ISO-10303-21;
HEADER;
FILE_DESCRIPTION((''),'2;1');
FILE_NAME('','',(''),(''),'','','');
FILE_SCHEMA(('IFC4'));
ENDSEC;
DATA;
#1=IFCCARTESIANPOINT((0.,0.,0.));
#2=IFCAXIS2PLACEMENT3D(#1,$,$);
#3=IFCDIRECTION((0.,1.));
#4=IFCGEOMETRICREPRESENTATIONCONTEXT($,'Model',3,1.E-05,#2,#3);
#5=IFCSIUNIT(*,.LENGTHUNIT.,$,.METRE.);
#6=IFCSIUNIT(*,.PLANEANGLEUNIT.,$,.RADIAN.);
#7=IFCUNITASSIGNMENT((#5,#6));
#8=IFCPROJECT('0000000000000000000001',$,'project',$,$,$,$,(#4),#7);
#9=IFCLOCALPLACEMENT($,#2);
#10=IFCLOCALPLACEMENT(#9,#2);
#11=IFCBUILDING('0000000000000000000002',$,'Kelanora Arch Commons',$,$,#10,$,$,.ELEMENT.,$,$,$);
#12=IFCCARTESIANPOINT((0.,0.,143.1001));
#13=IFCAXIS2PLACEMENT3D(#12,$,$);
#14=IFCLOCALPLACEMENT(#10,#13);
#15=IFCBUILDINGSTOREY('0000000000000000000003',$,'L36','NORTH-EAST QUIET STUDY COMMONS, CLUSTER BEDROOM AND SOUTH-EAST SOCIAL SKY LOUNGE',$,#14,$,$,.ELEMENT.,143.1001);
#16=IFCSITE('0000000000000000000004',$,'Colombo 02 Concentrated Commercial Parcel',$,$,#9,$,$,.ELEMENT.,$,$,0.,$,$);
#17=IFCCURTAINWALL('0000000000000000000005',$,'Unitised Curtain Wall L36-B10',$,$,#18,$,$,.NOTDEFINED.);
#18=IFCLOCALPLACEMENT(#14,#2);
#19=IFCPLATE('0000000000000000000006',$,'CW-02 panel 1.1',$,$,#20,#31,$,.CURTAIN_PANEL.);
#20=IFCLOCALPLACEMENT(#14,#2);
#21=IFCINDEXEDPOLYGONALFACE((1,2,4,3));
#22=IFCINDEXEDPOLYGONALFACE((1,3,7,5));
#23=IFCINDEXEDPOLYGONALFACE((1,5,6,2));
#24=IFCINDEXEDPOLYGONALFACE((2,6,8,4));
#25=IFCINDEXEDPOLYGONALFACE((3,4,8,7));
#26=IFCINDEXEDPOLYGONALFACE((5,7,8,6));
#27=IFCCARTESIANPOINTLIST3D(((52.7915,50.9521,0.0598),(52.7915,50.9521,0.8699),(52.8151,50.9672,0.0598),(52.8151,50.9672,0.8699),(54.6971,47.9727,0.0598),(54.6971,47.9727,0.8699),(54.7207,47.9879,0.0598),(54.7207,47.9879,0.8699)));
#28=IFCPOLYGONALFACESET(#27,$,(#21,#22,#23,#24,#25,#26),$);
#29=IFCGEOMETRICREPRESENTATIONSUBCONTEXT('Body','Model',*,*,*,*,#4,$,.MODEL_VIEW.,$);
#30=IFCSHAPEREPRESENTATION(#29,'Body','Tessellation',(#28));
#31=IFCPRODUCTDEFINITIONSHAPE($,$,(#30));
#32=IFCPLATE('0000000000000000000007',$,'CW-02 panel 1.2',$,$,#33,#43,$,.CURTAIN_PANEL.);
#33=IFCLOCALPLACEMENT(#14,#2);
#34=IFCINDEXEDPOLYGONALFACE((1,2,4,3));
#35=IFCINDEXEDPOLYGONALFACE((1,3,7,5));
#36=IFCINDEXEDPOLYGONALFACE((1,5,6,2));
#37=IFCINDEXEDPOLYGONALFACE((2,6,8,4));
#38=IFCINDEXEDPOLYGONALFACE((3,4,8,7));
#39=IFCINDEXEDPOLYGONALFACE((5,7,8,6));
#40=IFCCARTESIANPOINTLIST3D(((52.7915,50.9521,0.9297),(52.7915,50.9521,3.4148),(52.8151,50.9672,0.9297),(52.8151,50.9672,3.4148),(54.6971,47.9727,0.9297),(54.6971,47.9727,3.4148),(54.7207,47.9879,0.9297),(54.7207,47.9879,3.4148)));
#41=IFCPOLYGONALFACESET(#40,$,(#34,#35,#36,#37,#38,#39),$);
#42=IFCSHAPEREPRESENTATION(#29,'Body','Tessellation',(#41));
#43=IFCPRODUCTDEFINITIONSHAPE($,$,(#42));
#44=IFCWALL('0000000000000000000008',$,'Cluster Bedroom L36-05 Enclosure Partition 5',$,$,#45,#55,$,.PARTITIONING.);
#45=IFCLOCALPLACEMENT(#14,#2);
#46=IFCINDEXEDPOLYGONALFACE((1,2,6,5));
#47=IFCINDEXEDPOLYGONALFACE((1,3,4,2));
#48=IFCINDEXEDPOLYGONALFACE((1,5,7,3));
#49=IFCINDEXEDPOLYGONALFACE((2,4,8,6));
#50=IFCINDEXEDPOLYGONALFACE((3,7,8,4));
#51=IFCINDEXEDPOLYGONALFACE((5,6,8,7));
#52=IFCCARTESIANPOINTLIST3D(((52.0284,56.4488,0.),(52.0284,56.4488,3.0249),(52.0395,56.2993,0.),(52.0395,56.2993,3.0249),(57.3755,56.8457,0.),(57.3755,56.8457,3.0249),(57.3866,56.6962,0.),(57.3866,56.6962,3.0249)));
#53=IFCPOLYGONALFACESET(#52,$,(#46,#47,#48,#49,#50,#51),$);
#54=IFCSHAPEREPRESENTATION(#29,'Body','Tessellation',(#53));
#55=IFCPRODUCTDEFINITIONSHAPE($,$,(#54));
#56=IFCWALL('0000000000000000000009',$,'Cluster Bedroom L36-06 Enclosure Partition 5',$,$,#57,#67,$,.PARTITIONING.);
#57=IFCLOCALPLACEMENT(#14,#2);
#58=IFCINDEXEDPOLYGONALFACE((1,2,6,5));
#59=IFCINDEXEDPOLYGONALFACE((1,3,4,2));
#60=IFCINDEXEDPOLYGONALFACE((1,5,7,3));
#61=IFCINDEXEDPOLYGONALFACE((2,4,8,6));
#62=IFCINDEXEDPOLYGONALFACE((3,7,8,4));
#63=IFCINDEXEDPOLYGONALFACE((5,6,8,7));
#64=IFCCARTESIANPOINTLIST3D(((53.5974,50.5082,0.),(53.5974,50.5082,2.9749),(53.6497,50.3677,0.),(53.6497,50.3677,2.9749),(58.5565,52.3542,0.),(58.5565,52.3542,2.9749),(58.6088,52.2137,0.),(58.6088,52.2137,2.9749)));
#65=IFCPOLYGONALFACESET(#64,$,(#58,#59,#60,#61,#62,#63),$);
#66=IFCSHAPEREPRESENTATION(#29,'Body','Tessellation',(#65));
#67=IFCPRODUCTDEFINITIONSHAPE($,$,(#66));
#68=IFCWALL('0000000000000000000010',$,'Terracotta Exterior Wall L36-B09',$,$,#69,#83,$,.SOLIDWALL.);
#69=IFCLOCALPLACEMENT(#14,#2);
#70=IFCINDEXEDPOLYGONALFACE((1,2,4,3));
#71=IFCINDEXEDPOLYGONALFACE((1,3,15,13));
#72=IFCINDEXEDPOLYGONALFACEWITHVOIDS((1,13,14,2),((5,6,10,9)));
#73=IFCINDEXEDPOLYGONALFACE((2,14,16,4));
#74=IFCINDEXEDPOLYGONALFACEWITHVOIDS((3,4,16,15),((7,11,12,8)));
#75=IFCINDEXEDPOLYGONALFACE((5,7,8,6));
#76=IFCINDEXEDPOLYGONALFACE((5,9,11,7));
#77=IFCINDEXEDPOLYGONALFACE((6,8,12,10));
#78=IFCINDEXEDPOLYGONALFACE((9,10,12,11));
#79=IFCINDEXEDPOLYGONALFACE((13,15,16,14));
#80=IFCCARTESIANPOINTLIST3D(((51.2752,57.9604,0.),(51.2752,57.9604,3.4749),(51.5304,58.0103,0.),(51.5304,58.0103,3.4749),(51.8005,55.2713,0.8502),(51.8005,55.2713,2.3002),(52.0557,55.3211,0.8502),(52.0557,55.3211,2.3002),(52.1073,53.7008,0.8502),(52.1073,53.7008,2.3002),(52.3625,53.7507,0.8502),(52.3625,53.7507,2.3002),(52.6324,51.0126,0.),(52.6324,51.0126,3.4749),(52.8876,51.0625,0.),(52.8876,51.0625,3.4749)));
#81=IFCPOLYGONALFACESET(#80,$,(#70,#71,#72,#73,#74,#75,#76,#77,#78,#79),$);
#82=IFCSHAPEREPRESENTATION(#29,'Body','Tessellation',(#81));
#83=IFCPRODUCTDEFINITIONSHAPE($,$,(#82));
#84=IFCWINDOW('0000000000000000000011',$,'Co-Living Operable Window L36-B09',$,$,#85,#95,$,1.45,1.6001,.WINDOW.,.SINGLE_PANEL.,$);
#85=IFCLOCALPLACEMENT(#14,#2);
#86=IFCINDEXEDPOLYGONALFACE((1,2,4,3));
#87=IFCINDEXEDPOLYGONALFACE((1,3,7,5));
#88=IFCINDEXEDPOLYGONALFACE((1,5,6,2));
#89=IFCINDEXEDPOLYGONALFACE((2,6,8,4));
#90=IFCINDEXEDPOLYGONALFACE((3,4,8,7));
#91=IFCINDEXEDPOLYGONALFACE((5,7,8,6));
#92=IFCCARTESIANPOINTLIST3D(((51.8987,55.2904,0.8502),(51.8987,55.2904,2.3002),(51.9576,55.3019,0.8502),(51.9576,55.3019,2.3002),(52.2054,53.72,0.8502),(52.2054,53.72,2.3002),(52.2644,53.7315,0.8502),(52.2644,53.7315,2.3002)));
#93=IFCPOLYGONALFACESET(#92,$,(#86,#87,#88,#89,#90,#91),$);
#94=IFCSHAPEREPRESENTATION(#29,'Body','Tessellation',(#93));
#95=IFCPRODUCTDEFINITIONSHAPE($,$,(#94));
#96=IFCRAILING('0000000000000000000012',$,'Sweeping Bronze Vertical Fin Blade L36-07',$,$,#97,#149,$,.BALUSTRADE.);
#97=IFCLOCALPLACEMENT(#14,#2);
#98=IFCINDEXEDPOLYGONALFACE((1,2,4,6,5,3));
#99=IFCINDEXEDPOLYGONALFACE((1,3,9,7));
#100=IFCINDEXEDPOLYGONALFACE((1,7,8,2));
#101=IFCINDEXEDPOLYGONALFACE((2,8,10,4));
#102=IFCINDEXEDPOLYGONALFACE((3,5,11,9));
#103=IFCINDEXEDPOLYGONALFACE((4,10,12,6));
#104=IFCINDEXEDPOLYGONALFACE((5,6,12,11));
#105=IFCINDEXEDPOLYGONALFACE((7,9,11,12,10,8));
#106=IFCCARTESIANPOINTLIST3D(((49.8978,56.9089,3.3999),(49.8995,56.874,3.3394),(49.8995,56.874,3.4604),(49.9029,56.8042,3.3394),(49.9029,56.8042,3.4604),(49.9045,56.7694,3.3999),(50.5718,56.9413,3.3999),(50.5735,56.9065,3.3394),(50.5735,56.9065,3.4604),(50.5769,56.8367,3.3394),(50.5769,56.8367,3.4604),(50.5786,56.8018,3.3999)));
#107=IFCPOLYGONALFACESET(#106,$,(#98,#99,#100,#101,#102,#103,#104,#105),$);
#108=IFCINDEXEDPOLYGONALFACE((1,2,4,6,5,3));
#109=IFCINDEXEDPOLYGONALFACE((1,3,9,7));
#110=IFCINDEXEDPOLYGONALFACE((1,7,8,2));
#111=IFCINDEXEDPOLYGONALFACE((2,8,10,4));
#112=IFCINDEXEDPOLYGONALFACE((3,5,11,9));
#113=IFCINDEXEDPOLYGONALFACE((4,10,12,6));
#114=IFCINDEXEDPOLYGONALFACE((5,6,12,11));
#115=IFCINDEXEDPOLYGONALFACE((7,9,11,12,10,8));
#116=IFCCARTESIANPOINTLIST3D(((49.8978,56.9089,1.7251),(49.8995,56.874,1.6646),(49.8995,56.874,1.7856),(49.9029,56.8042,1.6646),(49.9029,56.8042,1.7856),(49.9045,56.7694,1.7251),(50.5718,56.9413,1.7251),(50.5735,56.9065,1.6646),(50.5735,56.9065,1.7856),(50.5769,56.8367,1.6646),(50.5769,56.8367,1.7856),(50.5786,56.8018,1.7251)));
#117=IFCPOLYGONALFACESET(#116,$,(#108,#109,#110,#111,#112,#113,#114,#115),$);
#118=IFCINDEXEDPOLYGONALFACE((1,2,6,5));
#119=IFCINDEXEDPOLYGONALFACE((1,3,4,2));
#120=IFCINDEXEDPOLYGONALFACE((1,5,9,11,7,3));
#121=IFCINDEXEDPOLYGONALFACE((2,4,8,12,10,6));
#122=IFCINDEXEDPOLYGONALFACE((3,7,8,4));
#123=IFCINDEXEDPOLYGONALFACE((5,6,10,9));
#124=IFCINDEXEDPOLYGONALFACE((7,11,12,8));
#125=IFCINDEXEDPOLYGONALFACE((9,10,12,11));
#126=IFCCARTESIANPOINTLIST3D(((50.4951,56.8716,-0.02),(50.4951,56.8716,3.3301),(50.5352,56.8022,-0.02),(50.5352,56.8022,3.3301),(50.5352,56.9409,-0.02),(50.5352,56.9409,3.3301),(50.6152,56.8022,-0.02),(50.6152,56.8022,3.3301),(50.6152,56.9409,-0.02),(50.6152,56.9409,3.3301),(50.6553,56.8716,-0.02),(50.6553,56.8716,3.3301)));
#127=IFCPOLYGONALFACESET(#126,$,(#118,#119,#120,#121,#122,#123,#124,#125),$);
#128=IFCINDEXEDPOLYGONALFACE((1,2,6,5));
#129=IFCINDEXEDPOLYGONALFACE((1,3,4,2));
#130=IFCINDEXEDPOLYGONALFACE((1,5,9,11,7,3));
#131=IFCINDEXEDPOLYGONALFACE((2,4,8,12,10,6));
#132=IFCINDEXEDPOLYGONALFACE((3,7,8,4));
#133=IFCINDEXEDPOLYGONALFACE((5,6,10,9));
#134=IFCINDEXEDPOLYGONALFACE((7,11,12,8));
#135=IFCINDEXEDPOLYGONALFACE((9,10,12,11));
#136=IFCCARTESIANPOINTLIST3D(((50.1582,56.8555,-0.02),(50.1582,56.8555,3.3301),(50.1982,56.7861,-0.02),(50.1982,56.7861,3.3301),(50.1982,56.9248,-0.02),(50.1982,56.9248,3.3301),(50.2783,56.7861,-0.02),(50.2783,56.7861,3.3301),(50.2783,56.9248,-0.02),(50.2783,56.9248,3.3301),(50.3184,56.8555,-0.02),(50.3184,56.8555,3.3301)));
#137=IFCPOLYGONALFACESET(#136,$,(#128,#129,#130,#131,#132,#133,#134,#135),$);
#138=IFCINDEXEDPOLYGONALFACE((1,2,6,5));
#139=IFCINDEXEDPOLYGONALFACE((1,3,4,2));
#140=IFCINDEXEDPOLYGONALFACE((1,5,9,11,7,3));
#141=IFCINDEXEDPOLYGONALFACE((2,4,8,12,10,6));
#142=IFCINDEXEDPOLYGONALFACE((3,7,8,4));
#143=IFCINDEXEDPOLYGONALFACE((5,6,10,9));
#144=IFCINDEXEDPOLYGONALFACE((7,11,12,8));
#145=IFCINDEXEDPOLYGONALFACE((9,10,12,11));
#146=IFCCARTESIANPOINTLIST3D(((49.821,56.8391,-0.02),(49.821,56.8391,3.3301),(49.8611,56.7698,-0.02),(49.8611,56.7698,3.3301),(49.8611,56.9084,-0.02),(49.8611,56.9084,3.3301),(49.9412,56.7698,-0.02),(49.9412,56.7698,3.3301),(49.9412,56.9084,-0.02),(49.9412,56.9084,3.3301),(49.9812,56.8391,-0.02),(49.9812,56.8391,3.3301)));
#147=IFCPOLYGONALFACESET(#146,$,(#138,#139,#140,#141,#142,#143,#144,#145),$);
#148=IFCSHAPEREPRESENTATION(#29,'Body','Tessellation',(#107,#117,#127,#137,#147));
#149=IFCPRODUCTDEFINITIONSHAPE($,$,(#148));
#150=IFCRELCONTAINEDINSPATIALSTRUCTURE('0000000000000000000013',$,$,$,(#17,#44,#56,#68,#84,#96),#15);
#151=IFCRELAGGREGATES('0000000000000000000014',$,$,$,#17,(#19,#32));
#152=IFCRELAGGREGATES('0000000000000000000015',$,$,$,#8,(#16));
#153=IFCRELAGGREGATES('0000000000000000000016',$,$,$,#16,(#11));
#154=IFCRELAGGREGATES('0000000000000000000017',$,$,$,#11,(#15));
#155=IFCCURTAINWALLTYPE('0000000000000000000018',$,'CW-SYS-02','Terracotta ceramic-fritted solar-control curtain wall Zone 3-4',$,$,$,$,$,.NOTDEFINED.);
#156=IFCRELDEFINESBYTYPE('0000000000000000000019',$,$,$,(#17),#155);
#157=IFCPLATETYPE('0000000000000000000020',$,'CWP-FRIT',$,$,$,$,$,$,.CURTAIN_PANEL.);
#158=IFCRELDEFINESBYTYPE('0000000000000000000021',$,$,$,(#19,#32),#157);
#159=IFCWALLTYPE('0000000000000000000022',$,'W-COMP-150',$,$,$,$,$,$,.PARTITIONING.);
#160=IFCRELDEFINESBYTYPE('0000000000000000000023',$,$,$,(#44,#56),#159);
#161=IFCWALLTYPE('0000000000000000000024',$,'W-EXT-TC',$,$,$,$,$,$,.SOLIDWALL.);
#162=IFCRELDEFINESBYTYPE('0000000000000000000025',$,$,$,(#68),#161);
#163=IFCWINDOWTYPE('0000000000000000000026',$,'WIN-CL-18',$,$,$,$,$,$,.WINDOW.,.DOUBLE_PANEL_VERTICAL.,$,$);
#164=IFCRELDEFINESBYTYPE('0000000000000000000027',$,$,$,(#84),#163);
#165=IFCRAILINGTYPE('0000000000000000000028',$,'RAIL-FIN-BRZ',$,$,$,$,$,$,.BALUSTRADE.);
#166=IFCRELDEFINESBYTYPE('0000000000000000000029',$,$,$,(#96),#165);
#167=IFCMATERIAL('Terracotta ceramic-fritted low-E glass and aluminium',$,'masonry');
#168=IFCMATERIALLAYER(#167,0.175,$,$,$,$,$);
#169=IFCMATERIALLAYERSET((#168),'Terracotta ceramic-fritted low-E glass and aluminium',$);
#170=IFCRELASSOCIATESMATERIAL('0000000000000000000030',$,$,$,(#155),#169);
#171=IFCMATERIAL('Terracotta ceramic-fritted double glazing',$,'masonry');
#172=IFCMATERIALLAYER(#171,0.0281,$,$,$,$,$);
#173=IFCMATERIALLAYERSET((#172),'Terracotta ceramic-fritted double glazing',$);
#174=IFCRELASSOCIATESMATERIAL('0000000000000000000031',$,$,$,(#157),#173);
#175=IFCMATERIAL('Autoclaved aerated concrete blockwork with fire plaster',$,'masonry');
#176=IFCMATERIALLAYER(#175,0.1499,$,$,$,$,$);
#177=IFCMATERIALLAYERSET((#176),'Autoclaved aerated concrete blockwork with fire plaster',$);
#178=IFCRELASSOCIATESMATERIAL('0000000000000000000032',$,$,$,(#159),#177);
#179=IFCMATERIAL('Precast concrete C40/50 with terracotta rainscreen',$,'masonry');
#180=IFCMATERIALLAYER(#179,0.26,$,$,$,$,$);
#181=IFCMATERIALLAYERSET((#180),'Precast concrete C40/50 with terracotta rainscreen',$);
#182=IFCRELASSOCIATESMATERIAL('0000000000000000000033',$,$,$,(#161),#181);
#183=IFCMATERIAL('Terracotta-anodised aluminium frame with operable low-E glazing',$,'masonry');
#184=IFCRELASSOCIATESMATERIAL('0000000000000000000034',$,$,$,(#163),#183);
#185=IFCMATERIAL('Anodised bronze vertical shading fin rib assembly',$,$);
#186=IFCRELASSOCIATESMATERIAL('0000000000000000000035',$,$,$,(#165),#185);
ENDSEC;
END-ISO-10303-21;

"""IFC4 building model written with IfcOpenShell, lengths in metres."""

from ifc_helpers import new_model, si_unit, direction, frame, frame_2d, origin, origin_2d, place, context, subcontext, project, spatial, polyline, rectangle, outline, extrude, source, transform, mapped, material, layer, layer_set, type_object, element, fill, aggregate, save


model = new_model("IFC4")

# Units and contexts
model_context = context("Model", 3, precision=1e-05, world=origin(), true_north=direction((0.0, 1.0)))
body_context = subcontext(model_context, "Body", "Model", "MODEL_VIEW")
ifc_project = project(units=[si_unit("LENGTHUNIT", "METRE"), si_unit("PLANEANGLEUNIT", "RADIAN")], contexts=[model_context])

# Site, building, storey
site_placement = place(None, origin())
site = spatial("IfcSite", under=ifc_project, at=site_placement, Name="Colombo 02 Concentrated Commercial Parcel", CompositionType="ELEMENT", RefElevation=0.0)
building_placement = place(site_placement, origin())
building = spatial("IfcBuilding", under=site, at=building_placement, Name="Kelanora Arch Commons", CompositionType="ELEMENT")
storey_placement = place(building_placement, frame((0.0, 0.0, 143.1001)))
storey = spatial("IfcBuildingStorey", under=building, at=storey_placement, Name="L36", Description="NORTH-EAST QUIET STUDY COMMONS, CLUSTER BEDROOM AND SOUTH-EAST SOCIAL SKY LOUNGE", CompositionType="ELEMENT", Elevation=143.1001)

# Curtain wall
ifc_material_1 = material(Name="Terracotta ceramic-fritted low-E glass and aluminium", Category="masonry")
ifc_layer_1 = layer(ifc_material_1, 0.175)
ifc_layer_set_1 = layer_set([ifc_layer_1], Name="Terracotta ceramic-fritted low-E glass and aluminium")
curtain_wall_type = type_object("IfcCurtainWallType", Name="CW-SYS-02", Description="Terracotta ceramic-fritted solar-control curtain wall Zone 3-4", PredefinedType="NOTDEFINED", material=ifc_layer_set_1)
curtain_wall_placement = place(storey_placement, origin())
curtain_wall = element("IfcCurtainWall", 1, at=curtain_wall_placement, inside=storey, type_object=curtain_wall_type, Name="Unitised Curtain Wall L36-B10", PredefinedType="NOTDEFINED")

# Plates
ifc_material_2 = material(Name="Terracotta ceramic-fritted double glazing", Category="masonry")
ifc_layer_2 = layer(ifc_material_2, 0.0281)
ifc_layer_set_2 = layer_set([ifc_layer_2], Name="Terracotta ceramic-fritted double glazing")
plate_type = type_object("IfcPlateType", Name="CWP-FRIT", PredefinedType="CURTAIN_PANEL", material=ifc_layer_set_2)
shared_shape_1 = source(origin(), body_context, "Body", "SweptSolid", [
    extrude(rectangle(XDim=3.5366, YDim=0.0281, at=origin_2d()), origin(), (0.0, 0.0, 1.0), 0.8101),
])
plate_1_placement = place(storey_placement, frame((53.7561, 49.47, 0.0598), z_axis=(0.0, 0.0, 1.0), x_axis=(0.538817, -0.842423, 0.0)))
plate_1 = element("IfcPlate", 2, at=plate_1_placement, type_object=plate_type, Name="CW-02 panel 1.1", PredefinedType="CURTAIN_PANEL", context=body_context, shape_type="MappedRepresentation", body=[
    mapped(shared_shape_1, transform((0.0, 0.0, 0.0), scale=1.0)),
])
shared_shape_2 = source(origin(), body_context, "Body", "SweptSolid", [
    extrude(rectangle(XDim=3.5366, YDim=0.0281, at=origin_2d()), origin(), (0.0, 0.0, 1.0), 2.4851),
])
plate_2_placement = place(storey_placement, frame((53.7561, 49.47, 0.9297), z_axis=(0.0, 0.0, 1.0), x_axis=(0.538817, -0.842423, 0.0)))
plate_2 = element("IfcPlate", 3, at=plate_2_placement, type_object=plate_type, Name="CW-02 panel 1.2", PredefinedType="CURTAIN_PANEL", context=body_context, shape_type="MappedRepresentation", body=[
    mapped(shared_shape_2, transform((0.0, 0.0, 0.0), scale=1.0)),
])
aggregate(curtain_wall, [plate_1, plate_2])

# Walls
ifc_material_3 = material(Name="Autoclaved aerated concrete blockwork with fire plaster", Category="masonry")
ifc_layer_3 = layer(ifc_material_3, 0.1499)
ifc_layer_set_3 = layer_set([ifc_layer_3], Name="Autoclaved aerated concrete blockwork with fire plaster")
wall_type_1 = type_object("IfcWallType", Name="W-COMP-150", PredefinedType="PARTITIONING", material=ifc_layer_set_3)
wall_1_placement = place(storey_placement, frame((52.0339, 56.374, 0.0), z_axis=(0.0, 0.0, 1.0), x_axis=(0.997256, 0.074036, 0.0)))
element("IfcWall", 4, at=wall_1_placement, inside=storey, type_object=wall_type_1, Name="Cluster Bedroom L36-05 Enclosure Partition 5", PredefinedType="PARTITIONING", context=body_context, shape_type="SweptSolid", body=[
    extrude(rectangle(XDim=5.3618, YDim=0.1499, at=frame_2d((2.6809, 0.0))), origin(), (0.0, 0.0, 1.0), 3.0249),
])
wall_2_placement = place(storey_placement, frame((53.6235, 50.438, 0.0), z_axis=(0.0, 0.0, 1.0), x_axis=(0.937176, 0.348857, 0.0)))
element("IfcWall", 5, at=wall_2_placement, inside=storey, type_object=wall_type_1, Name="Cluster Bedroom L36-06 Enclosure Partition 5", PredefinedType="PARTITIONING", context=body_context, shape_type="SweptSolid", body=[
    extrude(rectangle(XDim=5.2915, YDim=0.1499, at=frame_2d((2.6458, 0.0))), origin(), (0.0, 0.0, 1.0), 2.9749),
])

# Wall, opening, window
ifc_material_4 = material(Name="Precast concrete C40/50 with terracotta rainscreen", Category="masonry")
ifc_layer_4 = layer(ifc_material_4, 0.26)
ifc_layer_set_4 = layer_set([ifc_layer_4], Name="Precast concrete C40/50 with terracotta rainscreen")
wall_type_2 = type_object("IfcWallType", Name="W-EXT-TC", PredefinedType="SOLIDWALL", material=ifc_layer_set_4)
wall_3_placement = place(storey_placement, frame((51.4028, 57.9854, 0.0), z_axis=(0.0, 0.0, 1.0), x_axis=(0.191717, -0.98145, 0.0)))
wall_3 = element("IfcWall", 6, at=wall_3_placement, inside=storey, type_object=wall_type_2, Name="Terracotta Exterior Wall L36-B09", PredefinedType="SOLIDWALL", context=body_context, shape_type="SweptSolid", body=[
    extrude(rectangle(XDim=7.0791, YDim=0.26, at=frame_2d((3.5396, 0.0))), origin(), (0.0, 0.0, 1.0), 3.4749),
])
opening_placement = place(wall_3_placement, frame((2.74, 0.0, 0.8501)))
opening = element("IfcOpeningElement", 7, at=opening_placement, cuts=wall_3, PredefinedType="OPENING", context=body_context, shape_type="SweptSolid", body=[
    extrude(rectangle(XDim=1.6001, YDim=1.45, at=frame_2d((0.8, 0.7251))), frame((0.0, 0.1401, 0.0), z_axis=(0.0, -1.0, 0.0), x_axis=(1.0, 0.0, 0.0)), (0.0, 0.0, 1.0), 0.28),
])
ifc_material_5 = material(Name="Terracotta-anodised aluminium frame with operable low-E glazing", Category="masonry")
window_type = type_object("IfcWindowType", Name="WIN-CL-18", PartitioningType="DOUBLE_PANEL_VERTICAL", PredefinedType="WINDOW", material=ifc_material_5)
window_placement = place(opening_placement, origin())
window = element("IfcWindow", 8, at=window_placement, inside=storey, type_object=window_type, Name="Co-Living Operable Window L36-B09", OverallHeight=1.45, OverallWidth=1.6001, PartitioningType="SINGLE_PANEL", PredefinedType="WINDOW", context=body_context, shape_type="SweptSolid", body=[
    extrude(rectangle(XDim=1.6001, YDim=1.45, at=frame_2d((0.8, 0.7251))), frame((0.0, 0.03, 0.0), z_axis=(0.0, -1.0, 0.0), x_axis=(1.0, 0.0, 0.0)), (0.0, 0.0, 1.0), 0.0601),
])
fill(opening, window)

# Railing
ifc_material_6 = material(Name="Anodised bronze vertical shading fin rib assembly")
railing_type = type_object("IfcRailingType", Name="RAIL-FIN-BRZ", PredefinedType="BALUSTRADE", material=ifc_material_6)
railing_1_placement = place(storey_placement, frame((50.5752, 56.8716, -0.02)))
element("IfcRailing", 9, at=railing_1_placement, inside=storey, type_object=railing_type, Name="Sweeping Bronze Vertical Fin Blade L36-07", PredefinedType="BALUSTRADE", context=body_context, shape_type="SweptSolid", body=[
    extrude(outline(polyline([(0.0698, 0.0), (0.0349, 0.0605), (-0.0349, 0.0605), (-0.0698, 0.0), (-0.0349, -0.0605), (0.0349, -0.0605), (0.0698, 0.0)])), frame((0.0, 0.0, 3.4199), z_axis=(-0.998842, -0.048115, 0.0), x_axis=(0.048115, -0.998842, 0.0)), (0.0, 0.0, 1.0), 0.6748),
    extrude(outline(polyline([(0.0698, 0.0), (0.0349, 0.0605), (-0.0349, 0.0605), (-0.0698, 0.0), (-0.0349, -0.0605), (0.0349, -0.0605), (0.0698, 0.0)])), frame((0.0, 0.0, 1.7451), z_axis=(-0.998842, -0.048115, 0.0), x_axis=(0.048115, -0.998842, 0.0)), (0.0, 0.0, 1.0), 0.6748),
    extrude(outline(polyline([(0.0801, 0.0), (0.04, 0.0693), (-0.04, 0.0693), (-0.0801, 0.0), (-0.04, -0.0693), (0.04, -0.0693), (0.0801, 0.0)])), origin(), (0.0, 0.0, 1.0), 3.3501),
    extrude(outline(polyline([(0.0801, 0.0), (0.04, 0.0693), (-0.04, 0.0693), (-0.0801, 0.0), (-0.04, -0.0693), (0.04, -0.0693), (0.0801, 0.0)])), frame((-0.3369, -0.0161, 0.0)), (0.0, 0.0, 1.0), 3.3501),
    extrude(outline(polyline([(0.0801, 0.0), (0.04, 0.0693), (-0.04, 0.0693), (-0.0801, 0.0), (-0.04, -0.0693), (0.04, -0.0693), (0.0801, 0.0)])), frame((-0.6741, -0.0325, 0.0)), (0.0, 0.0, 1.0), 3.3501),
])

save(model, "model.ifc")
